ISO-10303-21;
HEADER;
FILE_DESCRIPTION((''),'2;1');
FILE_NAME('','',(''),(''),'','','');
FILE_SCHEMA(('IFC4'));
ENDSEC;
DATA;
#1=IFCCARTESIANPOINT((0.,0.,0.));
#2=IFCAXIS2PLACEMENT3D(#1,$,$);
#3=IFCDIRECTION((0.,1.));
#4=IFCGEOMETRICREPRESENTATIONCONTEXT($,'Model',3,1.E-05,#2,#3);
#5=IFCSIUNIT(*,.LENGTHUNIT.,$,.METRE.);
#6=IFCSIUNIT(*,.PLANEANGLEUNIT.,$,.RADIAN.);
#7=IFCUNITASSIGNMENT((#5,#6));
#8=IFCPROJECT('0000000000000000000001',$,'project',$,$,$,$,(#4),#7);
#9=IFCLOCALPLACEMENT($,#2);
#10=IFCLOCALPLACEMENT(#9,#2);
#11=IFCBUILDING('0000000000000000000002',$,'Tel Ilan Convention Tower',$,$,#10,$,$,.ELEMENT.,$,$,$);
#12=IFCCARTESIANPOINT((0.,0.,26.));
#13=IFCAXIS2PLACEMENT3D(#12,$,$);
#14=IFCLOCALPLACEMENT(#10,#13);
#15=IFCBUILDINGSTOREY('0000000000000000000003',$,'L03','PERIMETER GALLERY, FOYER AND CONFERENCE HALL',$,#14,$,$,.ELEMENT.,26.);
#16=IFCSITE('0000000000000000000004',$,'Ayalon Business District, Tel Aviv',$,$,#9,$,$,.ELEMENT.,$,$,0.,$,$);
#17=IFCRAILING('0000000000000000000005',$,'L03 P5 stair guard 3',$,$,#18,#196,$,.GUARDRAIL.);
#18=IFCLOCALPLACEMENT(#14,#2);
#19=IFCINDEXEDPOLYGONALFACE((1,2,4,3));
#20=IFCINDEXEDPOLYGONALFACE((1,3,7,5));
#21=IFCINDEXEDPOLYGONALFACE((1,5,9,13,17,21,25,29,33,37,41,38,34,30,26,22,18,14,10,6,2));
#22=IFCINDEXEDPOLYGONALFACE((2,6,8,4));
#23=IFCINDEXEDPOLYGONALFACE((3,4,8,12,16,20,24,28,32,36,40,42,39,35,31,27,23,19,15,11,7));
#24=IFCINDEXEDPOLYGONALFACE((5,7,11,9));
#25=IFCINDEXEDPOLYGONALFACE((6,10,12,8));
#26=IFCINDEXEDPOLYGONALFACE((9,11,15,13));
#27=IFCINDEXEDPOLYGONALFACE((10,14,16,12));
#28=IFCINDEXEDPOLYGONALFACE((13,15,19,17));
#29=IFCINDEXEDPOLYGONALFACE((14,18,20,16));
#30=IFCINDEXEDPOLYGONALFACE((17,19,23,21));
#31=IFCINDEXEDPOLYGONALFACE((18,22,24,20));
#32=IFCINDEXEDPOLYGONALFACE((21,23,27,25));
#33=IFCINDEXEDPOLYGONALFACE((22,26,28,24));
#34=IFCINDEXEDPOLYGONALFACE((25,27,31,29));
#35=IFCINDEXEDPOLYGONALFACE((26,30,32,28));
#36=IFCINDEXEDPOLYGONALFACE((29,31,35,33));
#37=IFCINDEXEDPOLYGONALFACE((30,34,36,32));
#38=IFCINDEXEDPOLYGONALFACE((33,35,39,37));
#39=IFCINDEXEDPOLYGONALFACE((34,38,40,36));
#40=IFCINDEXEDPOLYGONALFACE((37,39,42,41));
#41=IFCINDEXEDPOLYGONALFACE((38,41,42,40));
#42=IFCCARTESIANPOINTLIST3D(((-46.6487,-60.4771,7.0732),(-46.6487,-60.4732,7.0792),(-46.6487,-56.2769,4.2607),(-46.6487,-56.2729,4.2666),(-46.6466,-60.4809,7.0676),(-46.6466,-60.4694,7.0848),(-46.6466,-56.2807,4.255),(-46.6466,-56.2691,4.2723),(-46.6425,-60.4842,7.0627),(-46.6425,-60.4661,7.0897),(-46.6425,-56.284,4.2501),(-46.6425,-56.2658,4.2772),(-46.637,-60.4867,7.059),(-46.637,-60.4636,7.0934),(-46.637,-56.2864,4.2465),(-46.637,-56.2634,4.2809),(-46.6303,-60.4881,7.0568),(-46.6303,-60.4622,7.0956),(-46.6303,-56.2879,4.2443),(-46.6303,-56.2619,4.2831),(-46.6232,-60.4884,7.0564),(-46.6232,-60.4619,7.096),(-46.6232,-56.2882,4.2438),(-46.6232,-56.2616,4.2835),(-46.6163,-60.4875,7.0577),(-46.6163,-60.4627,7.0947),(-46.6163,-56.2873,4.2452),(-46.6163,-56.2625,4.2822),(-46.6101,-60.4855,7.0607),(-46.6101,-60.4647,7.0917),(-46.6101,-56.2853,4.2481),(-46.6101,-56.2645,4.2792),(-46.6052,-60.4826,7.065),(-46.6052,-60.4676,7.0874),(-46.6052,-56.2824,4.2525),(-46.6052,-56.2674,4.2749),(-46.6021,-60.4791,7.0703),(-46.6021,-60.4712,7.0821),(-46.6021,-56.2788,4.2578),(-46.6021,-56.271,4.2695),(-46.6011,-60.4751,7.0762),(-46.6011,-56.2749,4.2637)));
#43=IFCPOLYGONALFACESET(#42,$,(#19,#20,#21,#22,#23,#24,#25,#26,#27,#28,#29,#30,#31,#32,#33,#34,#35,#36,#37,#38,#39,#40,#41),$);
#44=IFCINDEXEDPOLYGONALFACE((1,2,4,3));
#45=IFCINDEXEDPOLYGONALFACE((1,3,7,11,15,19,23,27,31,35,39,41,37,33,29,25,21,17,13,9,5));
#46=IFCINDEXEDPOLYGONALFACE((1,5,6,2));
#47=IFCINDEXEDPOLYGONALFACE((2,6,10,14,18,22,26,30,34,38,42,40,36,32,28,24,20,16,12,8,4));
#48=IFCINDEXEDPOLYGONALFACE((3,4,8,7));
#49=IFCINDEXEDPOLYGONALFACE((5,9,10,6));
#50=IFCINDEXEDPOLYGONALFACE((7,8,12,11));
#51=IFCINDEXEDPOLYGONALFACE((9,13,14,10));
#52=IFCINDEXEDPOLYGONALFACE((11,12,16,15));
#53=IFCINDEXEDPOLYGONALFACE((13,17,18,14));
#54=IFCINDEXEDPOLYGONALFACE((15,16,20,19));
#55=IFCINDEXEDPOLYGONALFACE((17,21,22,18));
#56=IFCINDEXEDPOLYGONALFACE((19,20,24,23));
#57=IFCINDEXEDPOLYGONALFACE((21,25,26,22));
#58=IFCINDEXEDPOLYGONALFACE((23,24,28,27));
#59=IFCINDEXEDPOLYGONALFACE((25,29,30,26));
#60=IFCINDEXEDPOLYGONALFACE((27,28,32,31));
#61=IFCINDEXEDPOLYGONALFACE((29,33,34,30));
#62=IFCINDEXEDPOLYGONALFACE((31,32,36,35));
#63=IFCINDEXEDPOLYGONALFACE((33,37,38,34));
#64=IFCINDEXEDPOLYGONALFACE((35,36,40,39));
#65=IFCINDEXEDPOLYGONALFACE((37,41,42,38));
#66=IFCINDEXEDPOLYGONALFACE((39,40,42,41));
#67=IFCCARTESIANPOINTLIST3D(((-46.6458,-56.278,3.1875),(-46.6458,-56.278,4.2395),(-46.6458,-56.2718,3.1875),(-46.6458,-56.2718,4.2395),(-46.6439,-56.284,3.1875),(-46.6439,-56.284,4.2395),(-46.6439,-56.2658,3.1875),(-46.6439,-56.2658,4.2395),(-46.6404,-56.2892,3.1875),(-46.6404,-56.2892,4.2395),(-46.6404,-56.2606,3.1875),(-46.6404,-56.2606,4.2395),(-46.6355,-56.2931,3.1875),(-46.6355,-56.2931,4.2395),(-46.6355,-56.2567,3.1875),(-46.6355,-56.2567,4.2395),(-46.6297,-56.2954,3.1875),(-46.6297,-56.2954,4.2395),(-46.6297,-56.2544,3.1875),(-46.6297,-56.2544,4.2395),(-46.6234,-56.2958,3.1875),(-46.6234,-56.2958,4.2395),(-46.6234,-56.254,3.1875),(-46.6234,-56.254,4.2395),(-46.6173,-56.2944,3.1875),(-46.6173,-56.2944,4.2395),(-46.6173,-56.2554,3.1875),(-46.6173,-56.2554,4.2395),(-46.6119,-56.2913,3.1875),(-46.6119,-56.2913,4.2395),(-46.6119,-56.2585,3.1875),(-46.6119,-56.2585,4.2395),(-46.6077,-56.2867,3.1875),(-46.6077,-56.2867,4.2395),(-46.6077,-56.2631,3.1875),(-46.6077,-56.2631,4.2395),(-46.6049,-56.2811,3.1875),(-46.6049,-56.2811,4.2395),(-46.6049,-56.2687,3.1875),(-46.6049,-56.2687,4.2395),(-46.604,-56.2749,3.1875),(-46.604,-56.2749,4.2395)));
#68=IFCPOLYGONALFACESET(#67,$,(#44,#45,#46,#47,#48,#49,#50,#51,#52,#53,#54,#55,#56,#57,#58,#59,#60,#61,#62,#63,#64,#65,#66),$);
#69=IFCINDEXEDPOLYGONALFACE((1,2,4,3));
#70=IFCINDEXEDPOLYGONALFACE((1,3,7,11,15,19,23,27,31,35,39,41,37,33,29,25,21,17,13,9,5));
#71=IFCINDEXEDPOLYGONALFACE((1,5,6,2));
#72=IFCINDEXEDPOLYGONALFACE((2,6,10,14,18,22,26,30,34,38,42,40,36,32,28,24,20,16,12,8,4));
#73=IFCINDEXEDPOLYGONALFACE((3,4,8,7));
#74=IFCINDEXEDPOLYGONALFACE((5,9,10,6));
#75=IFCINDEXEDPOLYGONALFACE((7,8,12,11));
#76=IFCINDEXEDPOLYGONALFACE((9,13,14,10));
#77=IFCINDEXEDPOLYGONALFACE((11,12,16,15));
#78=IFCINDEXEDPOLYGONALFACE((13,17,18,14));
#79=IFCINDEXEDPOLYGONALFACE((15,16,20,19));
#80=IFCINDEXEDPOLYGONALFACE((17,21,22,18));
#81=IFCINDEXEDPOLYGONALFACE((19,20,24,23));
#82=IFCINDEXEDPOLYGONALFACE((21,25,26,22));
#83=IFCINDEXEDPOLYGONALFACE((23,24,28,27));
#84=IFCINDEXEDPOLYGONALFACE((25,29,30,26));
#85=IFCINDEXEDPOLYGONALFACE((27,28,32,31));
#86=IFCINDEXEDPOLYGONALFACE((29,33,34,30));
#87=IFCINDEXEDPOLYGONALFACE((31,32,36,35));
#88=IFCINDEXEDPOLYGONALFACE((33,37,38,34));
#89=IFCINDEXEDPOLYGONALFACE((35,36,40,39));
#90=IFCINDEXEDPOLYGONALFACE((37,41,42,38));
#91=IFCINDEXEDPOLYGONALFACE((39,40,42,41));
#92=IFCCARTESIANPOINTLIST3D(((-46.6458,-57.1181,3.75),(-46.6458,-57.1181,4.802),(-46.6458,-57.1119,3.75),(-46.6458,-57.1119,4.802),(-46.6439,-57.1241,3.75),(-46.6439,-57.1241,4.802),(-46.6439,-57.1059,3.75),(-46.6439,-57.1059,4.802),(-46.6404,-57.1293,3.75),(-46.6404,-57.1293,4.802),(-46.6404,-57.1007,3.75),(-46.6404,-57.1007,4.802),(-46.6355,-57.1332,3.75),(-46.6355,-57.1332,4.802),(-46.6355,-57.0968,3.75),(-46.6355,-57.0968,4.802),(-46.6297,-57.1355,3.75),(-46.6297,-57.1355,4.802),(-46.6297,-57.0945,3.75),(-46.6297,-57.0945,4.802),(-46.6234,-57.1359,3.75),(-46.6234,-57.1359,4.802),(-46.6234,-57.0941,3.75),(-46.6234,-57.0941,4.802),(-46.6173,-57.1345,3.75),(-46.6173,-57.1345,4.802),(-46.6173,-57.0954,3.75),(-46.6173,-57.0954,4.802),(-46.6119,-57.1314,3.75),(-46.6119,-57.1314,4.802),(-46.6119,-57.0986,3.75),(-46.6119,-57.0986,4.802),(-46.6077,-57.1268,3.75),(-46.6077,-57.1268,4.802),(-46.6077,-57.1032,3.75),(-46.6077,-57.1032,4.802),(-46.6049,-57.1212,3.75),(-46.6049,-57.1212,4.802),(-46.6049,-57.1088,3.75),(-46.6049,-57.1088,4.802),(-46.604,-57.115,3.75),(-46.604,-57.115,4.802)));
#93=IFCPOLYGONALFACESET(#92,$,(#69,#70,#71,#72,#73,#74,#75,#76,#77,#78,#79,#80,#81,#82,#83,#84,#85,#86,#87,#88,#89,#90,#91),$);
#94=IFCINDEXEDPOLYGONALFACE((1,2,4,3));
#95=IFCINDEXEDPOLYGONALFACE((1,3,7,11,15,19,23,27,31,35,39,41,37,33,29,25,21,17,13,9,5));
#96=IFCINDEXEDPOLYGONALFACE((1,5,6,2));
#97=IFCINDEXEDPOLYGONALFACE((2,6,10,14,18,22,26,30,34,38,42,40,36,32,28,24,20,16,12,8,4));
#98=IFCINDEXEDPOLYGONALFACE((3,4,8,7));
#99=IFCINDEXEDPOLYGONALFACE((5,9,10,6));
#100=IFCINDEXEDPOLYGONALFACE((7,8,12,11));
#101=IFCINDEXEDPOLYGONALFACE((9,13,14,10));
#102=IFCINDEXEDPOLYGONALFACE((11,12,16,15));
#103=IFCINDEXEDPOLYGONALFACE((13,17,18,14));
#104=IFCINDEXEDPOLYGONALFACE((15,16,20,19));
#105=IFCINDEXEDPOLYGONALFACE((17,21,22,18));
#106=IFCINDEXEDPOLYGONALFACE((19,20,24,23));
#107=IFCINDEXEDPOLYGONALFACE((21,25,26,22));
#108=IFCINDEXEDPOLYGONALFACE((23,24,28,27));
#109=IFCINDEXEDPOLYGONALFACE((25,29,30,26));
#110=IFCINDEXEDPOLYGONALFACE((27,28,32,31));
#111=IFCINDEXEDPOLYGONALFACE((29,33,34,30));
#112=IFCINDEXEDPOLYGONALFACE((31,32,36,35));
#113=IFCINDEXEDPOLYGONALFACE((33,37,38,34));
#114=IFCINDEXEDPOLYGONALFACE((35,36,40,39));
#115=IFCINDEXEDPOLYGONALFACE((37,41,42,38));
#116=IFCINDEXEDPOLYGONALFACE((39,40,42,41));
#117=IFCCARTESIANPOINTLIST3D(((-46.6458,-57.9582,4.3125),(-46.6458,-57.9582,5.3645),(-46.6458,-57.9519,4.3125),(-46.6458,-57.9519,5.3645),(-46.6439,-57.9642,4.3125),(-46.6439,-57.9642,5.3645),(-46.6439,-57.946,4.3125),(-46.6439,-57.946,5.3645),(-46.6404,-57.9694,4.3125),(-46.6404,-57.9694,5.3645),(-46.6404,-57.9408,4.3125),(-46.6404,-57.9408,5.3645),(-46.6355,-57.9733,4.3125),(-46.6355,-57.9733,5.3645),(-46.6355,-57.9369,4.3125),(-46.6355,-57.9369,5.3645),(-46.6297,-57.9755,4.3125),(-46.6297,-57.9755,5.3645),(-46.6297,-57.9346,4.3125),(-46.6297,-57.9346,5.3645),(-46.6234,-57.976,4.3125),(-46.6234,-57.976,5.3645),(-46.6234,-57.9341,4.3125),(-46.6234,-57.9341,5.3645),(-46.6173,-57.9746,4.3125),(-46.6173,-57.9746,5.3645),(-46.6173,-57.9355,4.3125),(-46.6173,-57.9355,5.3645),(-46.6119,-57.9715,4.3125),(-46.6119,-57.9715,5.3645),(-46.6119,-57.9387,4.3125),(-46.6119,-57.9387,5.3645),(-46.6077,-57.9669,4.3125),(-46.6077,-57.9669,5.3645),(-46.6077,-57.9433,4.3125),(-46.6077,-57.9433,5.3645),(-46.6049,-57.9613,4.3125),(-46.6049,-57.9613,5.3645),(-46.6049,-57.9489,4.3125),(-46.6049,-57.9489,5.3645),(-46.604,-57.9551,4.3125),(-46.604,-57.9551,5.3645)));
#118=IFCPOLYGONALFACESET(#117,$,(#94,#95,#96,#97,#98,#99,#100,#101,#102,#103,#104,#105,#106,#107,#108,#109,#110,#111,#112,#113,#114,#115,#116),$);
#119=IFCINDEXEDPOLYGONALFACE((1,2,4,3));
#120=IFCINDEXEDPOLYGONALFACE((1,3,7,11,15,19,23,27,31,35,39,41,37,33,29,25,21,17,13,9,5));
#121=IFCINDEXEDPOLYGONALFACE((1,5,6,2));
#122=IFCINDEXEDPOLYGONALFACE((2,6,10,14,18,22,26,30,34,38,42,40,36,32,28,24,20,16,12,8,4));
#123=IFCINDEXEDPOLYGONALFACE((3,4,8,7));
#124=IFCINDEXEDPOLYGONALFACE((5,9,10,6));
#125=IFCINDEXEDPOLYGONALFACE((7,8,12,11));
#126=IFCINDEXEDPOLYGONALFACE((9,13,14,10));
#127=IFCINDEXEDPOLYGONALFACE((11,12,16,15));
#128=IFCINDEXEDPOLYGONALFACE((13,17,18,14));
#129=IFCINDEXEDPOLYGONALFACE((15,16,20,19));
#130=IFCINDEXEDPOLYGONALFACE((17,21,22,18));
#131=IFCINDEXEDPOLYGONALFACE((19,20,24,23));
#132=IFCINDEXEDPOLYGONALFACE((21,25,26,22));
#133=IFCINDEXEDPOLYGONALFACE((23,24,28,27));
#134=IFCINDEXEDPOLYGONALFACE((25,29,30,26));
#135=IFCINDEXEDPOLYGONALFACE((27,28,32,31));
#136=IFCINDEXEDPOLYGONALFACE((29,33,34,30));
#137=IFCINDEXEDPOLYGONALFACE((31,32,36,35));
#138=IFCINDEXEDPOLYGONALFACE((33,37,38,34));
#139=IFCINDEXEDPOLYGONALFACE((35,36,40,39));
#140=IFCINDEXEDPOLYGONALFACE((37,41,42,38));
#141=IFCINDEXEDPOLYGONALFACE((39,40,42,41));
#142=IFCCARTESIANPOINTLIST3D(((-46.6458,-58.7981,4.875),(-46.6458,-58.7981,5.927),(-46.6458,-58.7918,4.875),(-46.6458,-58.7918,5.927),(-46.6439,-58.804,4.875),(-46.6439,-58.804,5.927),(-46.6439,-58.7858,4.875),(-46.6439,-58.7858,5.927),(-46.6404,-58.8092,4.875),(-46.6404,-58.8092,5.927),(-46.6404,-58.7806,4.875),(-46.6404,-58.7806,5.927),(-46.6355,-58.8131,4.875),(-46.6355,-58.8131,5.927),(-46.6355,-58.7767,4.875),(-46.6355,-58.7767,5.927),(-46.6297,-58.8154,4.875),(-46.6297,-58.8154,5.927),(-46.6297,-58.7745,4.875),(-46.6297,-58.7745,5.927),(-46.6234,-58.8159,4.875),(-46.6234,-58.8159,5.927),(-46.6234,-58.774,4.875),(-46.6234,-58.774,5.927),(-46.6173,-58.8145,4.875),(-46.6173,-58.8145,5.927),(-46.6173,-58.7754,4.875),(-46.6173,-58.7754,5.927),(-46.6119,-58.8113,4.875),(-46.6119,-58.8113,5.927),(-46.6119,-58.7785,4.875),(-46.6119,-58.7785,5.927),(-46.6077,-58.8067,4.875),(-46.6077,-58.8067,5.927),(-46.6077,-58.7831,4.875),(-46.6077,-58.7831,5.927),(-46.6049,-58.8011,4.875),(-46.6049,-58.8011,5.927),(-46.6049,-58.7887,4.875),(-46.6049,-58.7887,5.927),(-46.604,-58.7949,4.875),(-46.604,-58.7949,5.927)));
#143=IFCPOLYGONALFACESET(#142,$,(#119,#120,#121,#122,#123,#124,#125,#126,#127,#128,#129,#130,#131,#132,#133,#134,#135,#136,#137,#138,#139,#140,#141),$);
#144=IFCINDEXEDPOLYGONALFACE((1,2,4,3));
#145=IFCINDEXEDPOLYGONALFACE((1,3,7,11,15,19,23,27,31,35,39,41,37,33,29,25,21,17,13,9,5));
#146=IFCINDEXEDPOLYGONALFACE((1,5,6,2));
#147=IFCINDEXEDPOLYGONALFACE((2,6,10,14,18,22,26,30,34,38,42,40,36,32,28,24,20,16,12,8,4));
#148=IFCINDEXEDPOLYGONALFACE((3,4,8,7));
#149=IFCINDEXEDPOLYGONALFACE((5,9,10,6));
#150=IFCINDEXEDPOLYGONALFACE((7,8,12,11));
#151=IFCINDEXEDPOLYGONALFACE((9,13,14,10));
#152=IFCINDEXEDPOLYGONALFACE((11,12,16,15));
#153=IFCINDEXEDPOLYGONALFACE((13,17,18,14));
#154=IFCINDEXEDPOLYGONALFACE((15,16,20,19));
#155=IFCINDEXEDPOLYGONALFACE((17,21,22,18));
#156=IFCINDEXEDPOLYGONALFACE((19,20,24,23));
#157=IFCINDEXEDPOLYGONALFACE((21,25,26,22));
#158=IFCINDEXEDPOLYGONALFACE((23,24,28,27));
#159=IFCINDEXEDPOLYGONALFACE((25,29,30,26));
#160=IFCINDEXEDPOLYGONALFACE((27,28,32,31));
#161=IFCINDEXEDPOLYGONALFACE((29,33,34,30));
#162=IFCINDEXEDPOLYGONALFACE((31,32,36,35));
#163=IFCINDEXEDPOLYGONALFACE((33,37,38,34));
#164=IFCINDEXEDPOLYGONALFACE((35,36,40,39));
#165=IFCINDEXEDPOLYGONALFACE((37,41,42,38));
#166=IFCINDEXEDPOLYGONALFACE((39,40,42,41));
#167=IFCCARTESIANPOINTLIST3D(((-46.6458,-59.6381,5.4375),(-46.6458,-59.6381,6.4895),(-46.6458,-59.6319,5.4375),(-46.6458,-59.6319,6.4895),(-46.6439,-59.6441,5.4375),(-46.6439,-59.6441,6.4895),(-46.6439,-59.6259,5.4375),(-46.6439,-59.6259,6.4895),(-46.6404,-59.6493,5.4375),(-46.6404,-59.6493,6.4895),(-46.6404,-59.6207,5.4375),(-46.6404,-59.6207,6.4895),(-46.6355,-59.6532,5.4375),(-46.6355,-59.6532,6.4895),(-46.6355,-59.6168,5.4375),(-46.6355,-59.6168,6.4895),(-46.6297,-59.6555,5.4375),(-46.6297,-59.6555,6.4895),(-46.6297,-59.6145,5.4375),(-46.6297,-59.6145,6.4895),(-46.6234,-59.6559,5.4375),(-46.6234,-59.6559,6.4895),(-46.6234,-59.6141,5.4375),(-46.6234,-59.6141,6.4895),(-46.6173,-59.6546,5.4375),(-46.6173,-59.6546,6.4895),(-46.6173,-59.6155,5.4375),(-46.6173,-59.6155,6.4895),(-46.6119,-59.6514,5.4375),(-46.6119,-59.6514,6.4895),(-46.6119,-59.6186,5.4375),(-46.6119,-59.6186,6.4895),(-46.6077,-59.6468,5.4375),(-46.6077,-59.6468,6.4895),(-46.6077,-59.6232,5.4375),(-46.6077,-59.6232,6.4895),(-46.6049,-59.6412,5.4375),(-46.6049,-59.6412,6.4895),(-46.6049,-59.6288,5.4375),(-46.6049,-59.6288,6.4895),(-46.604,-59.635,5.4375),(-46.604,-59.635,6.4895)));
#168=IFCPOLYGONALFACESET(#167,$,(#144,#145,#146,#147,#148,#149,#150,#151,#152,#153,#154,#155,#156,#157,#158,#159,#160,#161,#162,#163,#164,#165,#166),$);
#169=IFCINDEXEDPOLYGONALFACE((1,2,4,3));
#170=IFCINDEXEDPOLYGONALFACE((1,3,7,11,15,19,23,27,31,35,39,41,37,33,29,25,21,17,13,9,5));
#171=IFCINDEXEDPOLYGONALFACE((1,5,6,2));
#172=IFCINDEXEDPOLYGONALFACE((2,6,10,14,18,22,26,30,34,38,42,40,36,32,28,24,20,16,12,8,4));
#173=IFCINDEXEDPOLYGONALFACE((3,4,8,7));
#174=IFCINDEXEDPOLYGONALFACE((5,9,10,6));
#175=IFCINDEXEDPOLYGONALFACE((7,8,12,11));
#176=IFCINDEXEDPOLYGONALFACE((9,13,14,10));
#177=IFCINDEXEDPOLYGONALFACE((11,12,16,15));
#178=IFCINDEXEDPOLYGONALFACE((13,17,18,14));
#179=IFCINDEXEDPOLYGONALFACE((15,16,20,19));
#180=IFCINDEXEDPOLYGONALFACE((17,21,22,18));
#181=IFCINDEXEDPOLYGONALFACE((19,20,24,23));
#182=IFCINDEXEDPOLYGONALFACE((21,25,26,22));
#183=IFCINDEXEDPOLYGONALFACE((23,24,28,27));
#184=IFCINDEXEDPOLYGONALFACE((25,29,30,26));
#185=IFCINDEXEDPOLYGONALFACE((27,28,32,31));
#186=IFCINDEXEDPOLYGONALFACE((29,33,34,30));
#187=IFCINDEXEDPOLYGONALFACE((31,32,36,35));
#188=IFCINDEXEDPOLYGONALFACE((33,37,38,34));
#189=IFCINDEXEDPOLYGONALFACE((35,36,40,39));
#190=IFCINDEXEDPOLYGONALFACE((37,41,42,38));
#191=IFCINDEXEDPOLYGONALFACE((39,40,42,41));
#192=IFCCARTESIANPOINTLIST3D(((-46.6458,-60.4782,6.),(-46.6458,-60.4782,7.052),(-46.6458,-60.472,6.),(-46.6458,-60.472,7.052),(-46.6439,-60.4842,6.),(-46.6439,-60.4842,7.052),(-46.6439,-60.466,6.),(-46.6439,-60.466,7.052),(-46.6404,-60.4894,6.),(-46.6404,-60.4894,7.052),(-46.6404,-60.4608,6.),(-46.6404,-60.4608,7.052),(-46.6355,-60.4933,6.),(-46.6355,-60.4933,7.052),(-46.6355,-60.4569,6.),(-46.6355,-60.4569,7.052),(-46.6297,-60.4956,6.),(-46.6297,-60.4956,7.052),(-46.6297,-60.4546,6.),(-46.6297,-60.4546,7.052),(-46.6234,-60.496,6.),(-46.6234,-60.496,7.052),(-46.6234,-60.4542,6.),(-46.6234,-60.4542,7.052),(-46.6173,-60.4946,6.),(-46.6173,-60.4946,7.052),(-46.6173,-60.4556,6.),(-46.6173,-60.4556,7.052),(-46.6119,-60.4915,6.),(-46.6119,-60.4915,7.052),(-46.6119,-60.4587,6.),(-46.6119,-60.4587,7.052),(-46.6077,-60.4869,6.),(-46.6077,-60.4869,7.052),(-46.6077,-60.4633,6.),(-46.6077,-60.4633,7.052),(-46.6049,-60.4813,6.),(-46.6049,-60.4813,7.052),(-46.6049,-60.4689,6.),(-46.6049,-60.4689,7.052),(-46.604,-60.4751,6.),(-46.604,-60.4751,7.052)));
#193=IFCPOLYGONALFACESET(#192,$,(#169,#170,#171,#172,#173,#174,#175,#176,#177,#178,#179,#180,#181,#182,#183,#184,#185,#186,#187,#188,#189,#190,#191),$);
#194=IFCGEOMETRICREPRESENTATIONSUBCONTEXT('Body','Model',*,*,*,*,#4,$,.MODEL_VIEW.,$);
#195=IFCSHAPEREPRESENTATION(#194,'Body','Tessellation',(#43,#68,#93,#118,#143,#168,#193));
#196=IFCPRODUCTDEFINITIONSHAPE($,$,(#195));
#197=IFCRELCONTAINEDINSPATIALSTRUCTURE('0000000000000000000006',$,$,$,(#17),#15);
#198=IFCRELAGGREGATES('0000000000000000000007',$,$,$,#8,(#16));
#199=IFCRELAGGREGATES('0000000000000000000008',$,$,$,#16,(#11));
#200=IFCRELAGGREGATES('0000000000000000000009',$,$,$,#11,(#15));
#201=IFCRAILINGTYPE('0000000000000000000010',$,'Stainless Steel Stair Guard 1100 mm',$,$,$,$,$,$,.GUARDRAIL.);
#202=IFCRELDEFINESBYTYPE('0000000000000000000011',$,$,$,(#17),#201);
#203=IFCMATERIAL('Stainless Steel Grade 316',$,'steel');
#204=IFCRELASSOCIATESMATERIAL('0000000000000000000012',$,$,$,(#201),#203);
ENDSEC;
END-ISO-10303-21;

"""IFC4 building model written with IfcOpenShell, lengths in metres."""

from ifc_helpers import new_model, si_unit, direction, frame, origin, origin_2d, place, context, subcontext, project, spatial, circle, extrude, material, type_object, element, save


model = new_model("IFC4")

# Units and contexts
model_context = context("Model", 3, precision=1e-05, world=origin(), true_north=direction((0.0, 1.0)))
body_context = subcontext(model_context, "Body", "Model", "MODEL_VIEW")
ifc_project = project(units=[si_unit("LENGTHUNIT", "METRE"), si_unit("PLANEANGLEUNIT", "RADIAN")], contexts=[model_context])

# Site, building, storey
site_placement = place(None, origin())
site = spatial("IfcSite", under=ifc_project, at=site_placement, Name="Ayalon Business District, Tel Aviv", CompositionType="ELEMENT", RefElevation=0.0)
building_placement = place(site_placement, origin())
building = spatial("IfcBuilding", under=site, at=building_placement, Name="Tel Ilan Convention Tower", CompositionType="ELEMENT")
storey_placement = place(building_placement, frame((0.0, 0.0, 26.0)))
storey = spatial("IfcBuildingStorey", under=building, at=storey_placement, Name="L03", Description="PERIMETER GALLERY, FOYER AND CONFERENCE HALL", CompositionType="ELEMENT", Elevation=26.0)

# Railing
ifc_material_1 = material(Name="Stainless Steel Grade 316", Category="steel")
railing_type_1 = type_object("IfcRailingType", Name="Stainless Steel Stair Guard 1100 mm", PredefinedType="GUARDRAIL", material=ifc_material_1)
railing_1_placement = place(storey_placement, frame((-46.625, -56.2749, 3.1875)))
element("IfcRailing", 1, at=railing_1_placement, inside=storey, type_object=railing_type_1, Name="L03 P5 stair guard 3", PredefinedType="GUARDRAIL", context=body_context, shape_type="SweptSolid", body=[
    extrude(circle(Radius=0.0239, at=origin_2d()), frame((0.0, 0.0, 1.0762), z_axis=(0.0, -0.830919, 0.556393), x_axis=(1.0, 0.0, 0.0)), (0.0, 0.0, 1.0), 5.0549),
    extrude(circle(Radius=0.021, at=origin_2d()), origin(), (0.0, 0.0, 1.0), 1.052),
    extrude(circle(Radius=0.021, at=origin_2d()), frame((0.0, -0.8401, 0.5625)), (0.0, 0.0, 1.0), 1.052),
    extrude(circle(Radius=0.021, at=origin_2d()), frame((0.0, -1.6802, 1.125)), (0.0, 0.0, 1.0), 1.052),
    extrude(circle(Radius=0.021, at=origin_2d()), frame((0.0, -2.52, 1.6875)), (0.0, 0.0, 1.0), 1.052),
    extrude(circle(Radius=0.021, at=origin_2d()), frame((0.0, -3.3601, 2.25)), (0.0, 0.0, 1.0), 1.052),
    extrude(circle(Radius=0.021, at=origin_2d()), frame((0.0, -4.2002, 2.8125)), (0.0, 0.0, 1.0), 1.052),
])

save(model, "model.ifc")
